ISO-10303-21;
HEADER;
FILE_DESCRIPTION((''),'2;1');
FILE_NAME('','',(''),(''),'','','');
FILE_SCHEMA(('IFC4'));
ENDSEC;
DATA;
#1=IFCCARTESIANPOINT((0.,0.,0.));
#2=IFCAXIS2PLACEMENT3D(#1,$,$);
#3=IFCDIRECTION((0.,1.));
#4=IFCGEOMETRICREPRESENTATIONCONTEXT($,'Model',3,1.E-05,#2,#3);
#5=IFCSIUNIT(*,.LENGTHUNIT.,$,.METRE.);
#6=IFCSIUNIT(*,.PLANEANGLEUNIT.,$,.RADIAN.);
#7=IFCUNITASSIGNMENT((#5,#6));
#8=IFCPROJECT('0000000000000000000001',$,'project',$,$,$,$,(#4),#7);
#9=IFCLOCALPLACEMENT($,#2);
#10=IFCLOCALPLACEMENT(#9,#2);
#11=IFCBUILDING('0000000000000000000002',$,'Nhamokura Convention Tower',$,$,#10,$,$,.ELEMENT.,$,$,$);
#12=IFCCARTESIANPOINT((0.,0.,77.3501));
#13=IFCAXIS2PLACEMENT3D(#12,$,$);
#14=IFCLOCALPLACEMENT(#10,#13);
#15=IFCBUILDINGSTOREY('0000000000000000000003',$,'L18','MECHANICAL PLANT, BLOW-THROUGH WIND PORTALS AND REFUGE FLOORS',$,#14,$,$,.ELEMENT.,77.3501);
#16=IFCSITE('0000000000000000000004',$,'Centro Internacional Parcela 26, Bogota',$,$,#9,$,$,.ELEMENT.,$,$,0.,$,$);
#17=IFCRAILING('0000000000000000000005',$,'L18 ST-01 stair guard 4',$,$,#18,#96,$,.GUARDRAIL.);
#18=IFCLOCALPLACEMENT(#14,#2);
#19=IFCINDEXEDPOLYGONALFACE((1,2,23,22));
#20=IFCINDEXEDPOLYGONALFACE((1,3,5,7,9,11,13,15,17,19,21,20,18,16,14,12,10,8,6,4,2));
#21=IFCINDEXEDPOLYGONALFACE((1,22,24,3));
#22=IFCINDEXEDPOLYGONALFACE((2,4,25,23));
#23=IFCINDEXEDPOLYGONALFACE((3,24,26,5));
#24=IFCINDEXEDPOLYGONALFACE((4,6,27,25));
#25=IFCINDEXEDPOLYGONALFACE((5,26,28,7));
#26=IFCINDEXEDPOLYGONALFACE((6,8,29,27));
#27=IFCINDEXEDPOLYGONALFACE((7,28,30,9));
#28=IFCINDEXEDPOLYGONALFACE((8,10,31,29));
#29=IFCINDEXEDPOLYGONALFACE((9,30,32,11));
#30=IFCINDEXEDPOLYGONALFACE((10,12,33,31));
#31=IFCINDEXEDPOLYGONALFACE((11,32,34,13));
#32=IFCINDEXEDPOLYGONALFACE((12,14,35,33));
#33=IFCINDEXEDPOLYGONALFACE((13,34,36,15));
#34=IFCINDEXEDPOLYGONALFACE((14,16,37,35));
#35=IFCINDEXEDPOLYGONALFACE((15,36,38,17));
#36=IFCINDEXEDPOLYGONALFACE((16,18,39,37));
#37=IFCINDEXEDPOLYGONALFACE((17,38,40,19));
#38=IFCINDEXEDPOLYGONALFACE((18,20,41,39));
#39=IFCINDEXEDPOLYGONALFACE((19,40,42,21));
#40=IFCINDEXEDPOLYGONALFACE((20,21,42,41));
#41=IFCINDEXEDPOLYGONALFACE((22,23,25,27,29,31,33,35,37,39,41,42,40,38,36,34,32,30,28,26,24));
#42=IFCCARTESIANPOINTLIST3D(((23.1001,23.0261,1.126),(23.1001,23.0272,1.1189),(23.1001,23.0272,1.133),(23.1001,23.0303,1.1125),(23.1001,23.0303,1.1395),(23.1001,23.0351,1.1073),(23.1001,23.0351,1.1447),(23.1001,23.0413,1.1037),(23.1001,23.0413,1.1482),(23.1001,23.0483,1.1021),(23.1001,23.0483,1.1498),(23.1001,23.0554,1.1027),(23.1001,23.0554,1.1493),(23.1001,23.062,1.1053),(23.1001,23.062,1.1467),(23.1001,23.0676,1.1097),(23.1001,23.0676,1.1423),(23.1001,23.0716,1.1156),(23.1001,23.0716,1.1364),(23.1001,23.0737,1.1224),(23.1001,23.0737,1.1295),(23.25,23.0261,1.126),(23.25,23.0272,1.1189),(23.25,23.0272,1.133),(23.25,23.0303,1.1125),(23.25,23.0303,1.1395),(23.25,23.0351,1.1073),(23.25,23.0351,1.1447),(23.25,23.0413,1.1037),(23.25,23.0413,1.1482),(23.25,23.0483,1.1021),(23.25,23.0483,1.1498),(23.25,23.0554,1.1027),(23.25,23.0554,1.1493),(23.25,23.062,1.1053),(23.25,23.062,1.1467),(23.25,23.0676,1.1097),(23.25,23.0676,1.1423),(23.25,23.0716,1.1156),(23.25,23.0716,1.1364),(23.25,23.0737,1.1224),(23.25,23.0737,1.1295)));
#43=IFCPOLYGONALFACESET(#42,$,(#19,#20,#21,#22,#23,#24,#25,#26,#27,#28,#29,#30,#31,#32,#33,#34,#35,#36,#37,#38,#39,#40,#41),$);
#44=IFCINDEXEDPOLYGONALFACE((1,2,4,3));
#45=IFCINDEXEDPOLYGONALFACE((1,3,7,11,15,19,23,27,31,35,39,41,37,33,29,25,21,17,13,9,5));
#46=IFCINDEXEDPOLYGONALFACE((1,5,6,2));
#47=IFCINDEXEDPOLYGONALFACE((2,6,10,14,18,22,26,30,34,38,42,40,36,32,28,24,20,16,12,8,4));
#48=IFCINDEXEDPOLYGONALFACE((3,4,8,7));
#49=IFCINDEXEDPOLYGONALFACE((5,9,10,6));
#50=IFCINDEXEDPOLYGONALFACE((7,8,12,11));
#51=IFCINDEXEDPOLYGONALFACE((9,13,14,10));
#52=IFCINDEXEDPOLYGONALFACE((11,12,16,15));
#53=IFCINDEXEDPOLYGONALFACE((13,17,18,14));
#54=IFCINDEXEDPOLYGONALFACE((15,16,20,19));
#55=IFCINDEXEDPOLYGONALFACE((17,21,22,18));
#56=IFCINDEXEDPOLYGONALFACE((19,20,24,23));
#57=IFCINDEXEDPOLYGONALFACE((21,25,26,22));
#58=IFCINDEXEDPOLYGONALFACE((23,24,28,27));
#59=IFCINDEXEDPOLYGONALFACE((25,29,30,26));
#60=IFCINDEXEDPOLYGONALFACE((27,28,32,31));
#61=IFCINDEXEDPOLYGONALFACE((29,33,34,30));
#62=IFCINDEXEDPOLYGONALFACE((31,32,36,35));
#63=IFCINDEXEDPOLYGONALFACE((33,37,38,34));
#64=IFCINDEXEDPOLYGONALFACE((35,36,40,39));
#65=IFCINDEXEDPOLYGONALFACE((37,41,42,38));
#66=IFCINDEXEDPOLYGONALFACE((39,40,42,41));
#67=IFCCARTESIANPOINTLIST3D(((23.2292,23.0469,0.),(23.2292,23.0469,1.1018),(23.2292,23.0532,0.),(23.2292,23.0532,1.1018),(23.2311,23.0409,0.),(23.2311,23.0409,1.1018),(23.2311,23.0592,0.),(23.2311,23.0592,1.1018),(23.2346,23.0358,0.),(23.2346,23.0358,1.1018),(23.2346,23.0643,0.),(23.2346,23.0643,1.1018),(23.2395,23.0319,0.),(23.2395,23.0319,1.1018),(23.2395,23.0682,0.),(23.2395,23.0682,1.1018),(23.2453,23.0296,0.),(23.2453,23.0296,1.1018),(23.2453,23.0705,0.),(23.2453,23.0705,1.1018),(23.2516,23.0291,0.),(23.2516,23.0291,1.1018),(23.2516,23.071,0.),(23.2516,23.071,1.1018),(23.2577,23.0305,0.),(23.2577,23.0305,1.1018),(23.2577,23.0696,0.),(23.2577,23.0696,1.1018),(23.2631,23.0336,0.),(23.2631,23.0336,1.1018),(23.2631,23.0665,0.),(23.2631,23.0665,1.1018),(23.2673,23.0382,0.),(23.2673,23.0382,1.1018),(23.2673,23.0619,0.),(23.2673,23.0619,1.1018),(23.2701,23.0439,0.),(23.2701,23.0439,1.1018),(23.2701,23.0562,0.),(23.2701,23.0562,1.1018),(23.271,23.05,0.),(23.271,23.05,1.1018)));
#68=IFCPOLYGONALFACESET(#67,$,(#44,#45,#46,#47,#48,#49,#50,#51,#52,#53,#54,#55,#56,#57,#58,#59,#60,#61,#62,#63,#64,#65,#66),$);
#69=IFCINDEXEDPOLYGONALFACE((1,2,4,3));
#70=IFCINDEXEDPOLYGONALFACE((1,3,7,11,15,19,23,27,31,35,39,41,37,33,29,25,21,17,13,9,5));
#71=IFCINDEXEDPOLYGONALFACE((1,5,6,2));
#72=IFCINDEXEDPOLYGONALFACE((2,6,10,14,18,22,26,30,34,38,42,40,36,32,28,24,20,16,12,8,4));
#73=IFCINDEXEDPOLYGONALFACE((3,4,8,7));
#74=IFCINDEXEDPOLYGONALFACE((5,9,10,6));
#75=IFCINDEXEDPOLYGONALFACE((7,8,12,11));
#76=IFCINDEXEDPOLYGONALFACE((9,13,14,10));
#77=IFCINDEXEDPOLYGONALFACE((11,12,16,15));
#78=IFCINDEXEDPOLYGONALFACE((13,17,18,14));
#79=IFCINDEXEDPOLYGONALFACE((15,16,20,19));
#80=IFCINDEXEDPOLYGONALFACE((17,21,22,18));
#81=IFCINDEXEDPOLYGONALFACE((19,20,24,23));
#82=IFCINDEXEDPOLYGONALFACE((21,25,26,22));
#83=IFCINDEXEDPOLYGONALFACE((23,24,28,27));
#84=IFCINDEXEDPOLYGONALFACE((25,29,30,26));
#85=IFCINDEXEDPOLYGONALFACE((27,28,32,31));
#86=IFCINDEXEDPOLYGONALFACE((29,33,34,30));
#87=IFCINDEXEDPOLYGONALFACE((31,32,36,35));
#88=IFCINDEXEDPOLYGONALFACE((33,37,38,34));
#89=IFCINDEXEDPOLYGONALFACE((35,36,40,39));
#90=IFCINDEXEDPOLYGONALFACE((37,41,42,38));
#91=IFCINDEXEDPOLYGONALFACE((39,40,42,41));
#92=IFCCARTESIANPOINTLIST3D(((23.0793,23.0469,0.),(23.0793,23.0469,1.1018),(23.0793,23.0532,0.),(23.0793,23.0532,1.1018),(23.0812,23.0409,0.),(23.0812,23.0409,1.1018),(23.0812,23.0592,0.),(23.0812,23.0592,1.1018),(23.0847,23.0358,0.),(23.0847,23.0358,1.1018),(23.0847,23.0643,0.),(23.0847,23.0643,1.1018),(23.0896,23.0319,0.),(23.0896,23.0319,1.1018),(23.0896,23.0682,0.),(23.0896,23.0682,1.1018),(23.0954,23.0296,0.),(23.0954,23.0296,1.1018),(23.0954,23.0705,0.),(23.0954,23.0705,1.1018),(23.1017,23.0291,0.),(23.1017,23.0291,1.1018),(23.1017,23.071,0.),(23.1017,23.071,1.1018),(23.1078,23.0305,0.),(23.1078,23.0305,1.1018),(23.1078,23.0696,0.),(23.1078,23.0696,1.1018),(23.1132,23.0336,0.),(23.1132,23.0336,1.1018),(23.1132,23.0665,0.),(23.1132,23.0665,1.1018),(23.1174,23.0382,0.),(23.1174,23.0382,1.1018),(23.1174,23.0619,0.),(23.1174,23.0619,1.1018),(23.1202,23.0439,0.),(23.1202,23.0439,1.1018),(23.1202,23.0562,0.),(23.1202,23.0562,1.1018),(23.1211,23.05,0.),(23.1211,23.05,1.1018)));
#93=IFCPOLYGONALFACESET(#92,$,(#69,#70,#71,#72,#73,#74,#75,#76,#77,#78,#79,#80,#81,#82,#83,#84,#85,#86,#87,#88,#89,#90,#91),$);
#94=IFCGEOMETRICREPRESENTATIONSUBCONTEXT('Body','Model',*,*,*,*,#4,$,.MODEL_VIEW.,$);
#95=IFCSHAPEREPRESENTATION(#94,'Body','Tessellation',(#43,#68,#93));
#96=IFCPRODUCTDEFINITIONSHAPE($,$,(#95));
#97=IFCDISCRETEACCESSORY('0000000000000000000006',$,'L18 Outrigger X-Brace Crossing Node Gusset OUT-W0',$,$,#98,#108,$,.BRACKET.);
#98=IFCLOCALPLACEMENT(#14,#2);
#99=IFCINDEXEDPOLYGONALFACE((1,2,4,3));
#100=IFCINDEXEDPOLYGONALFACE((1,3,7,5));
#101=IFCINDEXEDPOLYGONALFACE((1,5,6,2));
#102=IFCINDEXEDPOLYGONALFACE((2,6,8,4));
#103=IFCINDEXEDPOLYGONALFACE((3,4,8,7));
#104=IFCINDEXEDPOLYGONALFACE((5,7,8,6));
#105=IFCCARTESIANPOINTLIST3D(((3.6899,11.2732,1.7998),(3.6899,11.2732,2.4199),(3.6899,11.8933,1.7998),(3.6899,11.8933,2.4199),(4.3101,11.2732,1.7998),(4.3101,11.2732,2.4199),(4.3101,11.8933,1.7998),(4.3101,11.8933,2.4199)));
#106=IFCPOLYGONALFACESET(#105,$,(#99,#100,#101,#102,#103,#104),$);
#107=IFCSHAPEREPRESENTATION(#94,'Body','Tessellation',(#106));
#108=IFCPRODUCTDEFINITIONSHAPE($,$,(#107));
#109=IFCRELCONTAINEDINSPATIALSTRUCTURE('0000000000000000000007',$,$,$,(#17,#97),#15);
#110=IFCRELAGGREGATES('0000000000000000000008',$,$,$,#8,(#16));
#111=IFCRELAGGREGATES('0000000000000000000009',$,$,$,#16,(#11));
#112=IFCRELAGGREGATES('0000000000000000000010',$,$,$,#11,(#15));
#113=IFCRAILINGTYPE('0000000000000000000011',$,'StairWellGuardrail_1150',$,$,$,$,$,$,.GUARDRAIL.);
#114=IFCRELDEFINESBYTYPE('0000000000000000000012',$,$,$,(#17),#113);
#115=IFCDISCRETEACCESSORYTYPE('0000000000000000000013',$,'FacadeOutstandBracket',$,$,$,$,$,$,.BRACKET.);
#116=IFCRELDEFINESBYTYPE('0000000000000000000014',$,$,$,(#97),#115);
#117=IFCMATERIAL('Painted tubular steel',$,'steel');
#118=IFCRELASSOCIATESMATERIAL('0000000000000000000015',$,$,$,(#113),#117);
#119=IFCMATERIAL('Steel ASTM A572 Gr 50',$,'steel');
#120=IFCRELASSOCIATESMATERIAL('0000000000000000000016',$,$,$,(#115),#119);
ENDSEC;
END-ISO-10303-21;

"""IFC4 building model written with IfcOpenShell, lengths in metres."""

from ifc_helpers import new_model, si_unit, direction, frame, origin, origin_2d, place, context, subcontext, project, spatial, rectangle, circle, extrude, material, type_object, element, save


model = new_model("IFC4")

# Units and contexts
model_context = context("Model", 3, precision=1e-05, world=origin(), true_north=direction((0.0, 1.0)))
body_context = subcontext(model_context, "Body", "Model", "MODEL_VIEW")
ifc_project = project(units=[si_unit("LENGTHUNIT", "METRE"), si_unit("PLANEANGLEUNIT", "RADIAN")], contexts=[model_context])

# Site, building, storey
site_placement = place(None, origin())
site = spatial("IfcSite", under=ifc_project, at=site_placement, Name="Centro Internacional Parcela 26, Bogota", CompositionType="ELEMENT", RefElevation=0.0)
building_placement = place(site_placement, origin())
building = spatial("IfcBuilding", under=site, at=building_placement, Name="Nhamokura Convention Tower", CompositionType="ELEMENT")
storey_placement = place(building_placement, frame((0.0, 0.0, 77.3501)))
storey = spatial("IfcBuildingStorey", under=building, at=storey_placement, Name="L18", Description="MECHANICAL PLANT, BLOW-THROUGH WIND PORTALS AND REFUGE FLOORS", CompositionType="ELEMENT", Elevation=77.3501)

# Railing
ifc_material_1 = material(Name="Painted tubular steel", Category="steel")
railing_type_1 = type_object("IfcRailingType", Name="StairWellGuardrail_1150", PredefinedType="GUARDRAIL", material=ifc_material_1)
railing_1_placement = place(storey_placement, frame((23.25, 23.05, 0.0)))
element("IfcRailing", 1, at=railing_1_placement, inside=storey, type_object=railing_type_1, Name="L18 ST-01 stair guard 4", PredefinedType="GUARDRAIL", context=body_context, shape_type="SweptSolid", body=[
    extrude(circle(Radius=0.0239, at=origin_2d()), frame((0.0, 0.0, 1.126), z_axis=(-1.0, 0.0, 0.0), x_axis=(0.0, -1.0, 0.0)), (0.0, 0.0, 1.0), 0.1499),
    extrude(circle(Radius=0.021, at=origin_2d()), origin(), (0.0, 0.0, 1.0), 1.1018),
    extrude(circle(Radius=0.021, at=origin_2d()), frame((-0.1499, 0.0, 0.0)), (0.0, 0.0, 1.0), 1.1018),
])

# Discrete accessory
ifc_material_2 = material(Name="Steel ASTM A572 Gr 50", Category="steel")
discrete_accessory_type = type_object("IfcDiscreteAccessoryType", Name="FacadeOutstandBracket", PredefinedType="BRACKET", material=ifc_material_2)
discrete_accessory_placement = place(storey_placement, frame((4.0, 11.5833, 1.7998), z_axis=(0.0, 0.0, 1.0), x_axis=(1.0, 0.0, 0.0)))
element("IfcDiscreteAccessory", 2, at=discrete_accessory_placement, inside=storey, type_object=discrete_accessory_type, Name="L18 Outrigger X-Brace Crossing Node Gusset OUT-W0", PredefinedType="BRACKET", context=body_context, shape_type="SweptSolid", body=[
    extrude(rectangle(XDim=0.6201, YDim=0.6201, at=origin_2d()), origin(), (0.0, 0.0, 1.0), 0.6201),
])

save(model, "model.ifc")
